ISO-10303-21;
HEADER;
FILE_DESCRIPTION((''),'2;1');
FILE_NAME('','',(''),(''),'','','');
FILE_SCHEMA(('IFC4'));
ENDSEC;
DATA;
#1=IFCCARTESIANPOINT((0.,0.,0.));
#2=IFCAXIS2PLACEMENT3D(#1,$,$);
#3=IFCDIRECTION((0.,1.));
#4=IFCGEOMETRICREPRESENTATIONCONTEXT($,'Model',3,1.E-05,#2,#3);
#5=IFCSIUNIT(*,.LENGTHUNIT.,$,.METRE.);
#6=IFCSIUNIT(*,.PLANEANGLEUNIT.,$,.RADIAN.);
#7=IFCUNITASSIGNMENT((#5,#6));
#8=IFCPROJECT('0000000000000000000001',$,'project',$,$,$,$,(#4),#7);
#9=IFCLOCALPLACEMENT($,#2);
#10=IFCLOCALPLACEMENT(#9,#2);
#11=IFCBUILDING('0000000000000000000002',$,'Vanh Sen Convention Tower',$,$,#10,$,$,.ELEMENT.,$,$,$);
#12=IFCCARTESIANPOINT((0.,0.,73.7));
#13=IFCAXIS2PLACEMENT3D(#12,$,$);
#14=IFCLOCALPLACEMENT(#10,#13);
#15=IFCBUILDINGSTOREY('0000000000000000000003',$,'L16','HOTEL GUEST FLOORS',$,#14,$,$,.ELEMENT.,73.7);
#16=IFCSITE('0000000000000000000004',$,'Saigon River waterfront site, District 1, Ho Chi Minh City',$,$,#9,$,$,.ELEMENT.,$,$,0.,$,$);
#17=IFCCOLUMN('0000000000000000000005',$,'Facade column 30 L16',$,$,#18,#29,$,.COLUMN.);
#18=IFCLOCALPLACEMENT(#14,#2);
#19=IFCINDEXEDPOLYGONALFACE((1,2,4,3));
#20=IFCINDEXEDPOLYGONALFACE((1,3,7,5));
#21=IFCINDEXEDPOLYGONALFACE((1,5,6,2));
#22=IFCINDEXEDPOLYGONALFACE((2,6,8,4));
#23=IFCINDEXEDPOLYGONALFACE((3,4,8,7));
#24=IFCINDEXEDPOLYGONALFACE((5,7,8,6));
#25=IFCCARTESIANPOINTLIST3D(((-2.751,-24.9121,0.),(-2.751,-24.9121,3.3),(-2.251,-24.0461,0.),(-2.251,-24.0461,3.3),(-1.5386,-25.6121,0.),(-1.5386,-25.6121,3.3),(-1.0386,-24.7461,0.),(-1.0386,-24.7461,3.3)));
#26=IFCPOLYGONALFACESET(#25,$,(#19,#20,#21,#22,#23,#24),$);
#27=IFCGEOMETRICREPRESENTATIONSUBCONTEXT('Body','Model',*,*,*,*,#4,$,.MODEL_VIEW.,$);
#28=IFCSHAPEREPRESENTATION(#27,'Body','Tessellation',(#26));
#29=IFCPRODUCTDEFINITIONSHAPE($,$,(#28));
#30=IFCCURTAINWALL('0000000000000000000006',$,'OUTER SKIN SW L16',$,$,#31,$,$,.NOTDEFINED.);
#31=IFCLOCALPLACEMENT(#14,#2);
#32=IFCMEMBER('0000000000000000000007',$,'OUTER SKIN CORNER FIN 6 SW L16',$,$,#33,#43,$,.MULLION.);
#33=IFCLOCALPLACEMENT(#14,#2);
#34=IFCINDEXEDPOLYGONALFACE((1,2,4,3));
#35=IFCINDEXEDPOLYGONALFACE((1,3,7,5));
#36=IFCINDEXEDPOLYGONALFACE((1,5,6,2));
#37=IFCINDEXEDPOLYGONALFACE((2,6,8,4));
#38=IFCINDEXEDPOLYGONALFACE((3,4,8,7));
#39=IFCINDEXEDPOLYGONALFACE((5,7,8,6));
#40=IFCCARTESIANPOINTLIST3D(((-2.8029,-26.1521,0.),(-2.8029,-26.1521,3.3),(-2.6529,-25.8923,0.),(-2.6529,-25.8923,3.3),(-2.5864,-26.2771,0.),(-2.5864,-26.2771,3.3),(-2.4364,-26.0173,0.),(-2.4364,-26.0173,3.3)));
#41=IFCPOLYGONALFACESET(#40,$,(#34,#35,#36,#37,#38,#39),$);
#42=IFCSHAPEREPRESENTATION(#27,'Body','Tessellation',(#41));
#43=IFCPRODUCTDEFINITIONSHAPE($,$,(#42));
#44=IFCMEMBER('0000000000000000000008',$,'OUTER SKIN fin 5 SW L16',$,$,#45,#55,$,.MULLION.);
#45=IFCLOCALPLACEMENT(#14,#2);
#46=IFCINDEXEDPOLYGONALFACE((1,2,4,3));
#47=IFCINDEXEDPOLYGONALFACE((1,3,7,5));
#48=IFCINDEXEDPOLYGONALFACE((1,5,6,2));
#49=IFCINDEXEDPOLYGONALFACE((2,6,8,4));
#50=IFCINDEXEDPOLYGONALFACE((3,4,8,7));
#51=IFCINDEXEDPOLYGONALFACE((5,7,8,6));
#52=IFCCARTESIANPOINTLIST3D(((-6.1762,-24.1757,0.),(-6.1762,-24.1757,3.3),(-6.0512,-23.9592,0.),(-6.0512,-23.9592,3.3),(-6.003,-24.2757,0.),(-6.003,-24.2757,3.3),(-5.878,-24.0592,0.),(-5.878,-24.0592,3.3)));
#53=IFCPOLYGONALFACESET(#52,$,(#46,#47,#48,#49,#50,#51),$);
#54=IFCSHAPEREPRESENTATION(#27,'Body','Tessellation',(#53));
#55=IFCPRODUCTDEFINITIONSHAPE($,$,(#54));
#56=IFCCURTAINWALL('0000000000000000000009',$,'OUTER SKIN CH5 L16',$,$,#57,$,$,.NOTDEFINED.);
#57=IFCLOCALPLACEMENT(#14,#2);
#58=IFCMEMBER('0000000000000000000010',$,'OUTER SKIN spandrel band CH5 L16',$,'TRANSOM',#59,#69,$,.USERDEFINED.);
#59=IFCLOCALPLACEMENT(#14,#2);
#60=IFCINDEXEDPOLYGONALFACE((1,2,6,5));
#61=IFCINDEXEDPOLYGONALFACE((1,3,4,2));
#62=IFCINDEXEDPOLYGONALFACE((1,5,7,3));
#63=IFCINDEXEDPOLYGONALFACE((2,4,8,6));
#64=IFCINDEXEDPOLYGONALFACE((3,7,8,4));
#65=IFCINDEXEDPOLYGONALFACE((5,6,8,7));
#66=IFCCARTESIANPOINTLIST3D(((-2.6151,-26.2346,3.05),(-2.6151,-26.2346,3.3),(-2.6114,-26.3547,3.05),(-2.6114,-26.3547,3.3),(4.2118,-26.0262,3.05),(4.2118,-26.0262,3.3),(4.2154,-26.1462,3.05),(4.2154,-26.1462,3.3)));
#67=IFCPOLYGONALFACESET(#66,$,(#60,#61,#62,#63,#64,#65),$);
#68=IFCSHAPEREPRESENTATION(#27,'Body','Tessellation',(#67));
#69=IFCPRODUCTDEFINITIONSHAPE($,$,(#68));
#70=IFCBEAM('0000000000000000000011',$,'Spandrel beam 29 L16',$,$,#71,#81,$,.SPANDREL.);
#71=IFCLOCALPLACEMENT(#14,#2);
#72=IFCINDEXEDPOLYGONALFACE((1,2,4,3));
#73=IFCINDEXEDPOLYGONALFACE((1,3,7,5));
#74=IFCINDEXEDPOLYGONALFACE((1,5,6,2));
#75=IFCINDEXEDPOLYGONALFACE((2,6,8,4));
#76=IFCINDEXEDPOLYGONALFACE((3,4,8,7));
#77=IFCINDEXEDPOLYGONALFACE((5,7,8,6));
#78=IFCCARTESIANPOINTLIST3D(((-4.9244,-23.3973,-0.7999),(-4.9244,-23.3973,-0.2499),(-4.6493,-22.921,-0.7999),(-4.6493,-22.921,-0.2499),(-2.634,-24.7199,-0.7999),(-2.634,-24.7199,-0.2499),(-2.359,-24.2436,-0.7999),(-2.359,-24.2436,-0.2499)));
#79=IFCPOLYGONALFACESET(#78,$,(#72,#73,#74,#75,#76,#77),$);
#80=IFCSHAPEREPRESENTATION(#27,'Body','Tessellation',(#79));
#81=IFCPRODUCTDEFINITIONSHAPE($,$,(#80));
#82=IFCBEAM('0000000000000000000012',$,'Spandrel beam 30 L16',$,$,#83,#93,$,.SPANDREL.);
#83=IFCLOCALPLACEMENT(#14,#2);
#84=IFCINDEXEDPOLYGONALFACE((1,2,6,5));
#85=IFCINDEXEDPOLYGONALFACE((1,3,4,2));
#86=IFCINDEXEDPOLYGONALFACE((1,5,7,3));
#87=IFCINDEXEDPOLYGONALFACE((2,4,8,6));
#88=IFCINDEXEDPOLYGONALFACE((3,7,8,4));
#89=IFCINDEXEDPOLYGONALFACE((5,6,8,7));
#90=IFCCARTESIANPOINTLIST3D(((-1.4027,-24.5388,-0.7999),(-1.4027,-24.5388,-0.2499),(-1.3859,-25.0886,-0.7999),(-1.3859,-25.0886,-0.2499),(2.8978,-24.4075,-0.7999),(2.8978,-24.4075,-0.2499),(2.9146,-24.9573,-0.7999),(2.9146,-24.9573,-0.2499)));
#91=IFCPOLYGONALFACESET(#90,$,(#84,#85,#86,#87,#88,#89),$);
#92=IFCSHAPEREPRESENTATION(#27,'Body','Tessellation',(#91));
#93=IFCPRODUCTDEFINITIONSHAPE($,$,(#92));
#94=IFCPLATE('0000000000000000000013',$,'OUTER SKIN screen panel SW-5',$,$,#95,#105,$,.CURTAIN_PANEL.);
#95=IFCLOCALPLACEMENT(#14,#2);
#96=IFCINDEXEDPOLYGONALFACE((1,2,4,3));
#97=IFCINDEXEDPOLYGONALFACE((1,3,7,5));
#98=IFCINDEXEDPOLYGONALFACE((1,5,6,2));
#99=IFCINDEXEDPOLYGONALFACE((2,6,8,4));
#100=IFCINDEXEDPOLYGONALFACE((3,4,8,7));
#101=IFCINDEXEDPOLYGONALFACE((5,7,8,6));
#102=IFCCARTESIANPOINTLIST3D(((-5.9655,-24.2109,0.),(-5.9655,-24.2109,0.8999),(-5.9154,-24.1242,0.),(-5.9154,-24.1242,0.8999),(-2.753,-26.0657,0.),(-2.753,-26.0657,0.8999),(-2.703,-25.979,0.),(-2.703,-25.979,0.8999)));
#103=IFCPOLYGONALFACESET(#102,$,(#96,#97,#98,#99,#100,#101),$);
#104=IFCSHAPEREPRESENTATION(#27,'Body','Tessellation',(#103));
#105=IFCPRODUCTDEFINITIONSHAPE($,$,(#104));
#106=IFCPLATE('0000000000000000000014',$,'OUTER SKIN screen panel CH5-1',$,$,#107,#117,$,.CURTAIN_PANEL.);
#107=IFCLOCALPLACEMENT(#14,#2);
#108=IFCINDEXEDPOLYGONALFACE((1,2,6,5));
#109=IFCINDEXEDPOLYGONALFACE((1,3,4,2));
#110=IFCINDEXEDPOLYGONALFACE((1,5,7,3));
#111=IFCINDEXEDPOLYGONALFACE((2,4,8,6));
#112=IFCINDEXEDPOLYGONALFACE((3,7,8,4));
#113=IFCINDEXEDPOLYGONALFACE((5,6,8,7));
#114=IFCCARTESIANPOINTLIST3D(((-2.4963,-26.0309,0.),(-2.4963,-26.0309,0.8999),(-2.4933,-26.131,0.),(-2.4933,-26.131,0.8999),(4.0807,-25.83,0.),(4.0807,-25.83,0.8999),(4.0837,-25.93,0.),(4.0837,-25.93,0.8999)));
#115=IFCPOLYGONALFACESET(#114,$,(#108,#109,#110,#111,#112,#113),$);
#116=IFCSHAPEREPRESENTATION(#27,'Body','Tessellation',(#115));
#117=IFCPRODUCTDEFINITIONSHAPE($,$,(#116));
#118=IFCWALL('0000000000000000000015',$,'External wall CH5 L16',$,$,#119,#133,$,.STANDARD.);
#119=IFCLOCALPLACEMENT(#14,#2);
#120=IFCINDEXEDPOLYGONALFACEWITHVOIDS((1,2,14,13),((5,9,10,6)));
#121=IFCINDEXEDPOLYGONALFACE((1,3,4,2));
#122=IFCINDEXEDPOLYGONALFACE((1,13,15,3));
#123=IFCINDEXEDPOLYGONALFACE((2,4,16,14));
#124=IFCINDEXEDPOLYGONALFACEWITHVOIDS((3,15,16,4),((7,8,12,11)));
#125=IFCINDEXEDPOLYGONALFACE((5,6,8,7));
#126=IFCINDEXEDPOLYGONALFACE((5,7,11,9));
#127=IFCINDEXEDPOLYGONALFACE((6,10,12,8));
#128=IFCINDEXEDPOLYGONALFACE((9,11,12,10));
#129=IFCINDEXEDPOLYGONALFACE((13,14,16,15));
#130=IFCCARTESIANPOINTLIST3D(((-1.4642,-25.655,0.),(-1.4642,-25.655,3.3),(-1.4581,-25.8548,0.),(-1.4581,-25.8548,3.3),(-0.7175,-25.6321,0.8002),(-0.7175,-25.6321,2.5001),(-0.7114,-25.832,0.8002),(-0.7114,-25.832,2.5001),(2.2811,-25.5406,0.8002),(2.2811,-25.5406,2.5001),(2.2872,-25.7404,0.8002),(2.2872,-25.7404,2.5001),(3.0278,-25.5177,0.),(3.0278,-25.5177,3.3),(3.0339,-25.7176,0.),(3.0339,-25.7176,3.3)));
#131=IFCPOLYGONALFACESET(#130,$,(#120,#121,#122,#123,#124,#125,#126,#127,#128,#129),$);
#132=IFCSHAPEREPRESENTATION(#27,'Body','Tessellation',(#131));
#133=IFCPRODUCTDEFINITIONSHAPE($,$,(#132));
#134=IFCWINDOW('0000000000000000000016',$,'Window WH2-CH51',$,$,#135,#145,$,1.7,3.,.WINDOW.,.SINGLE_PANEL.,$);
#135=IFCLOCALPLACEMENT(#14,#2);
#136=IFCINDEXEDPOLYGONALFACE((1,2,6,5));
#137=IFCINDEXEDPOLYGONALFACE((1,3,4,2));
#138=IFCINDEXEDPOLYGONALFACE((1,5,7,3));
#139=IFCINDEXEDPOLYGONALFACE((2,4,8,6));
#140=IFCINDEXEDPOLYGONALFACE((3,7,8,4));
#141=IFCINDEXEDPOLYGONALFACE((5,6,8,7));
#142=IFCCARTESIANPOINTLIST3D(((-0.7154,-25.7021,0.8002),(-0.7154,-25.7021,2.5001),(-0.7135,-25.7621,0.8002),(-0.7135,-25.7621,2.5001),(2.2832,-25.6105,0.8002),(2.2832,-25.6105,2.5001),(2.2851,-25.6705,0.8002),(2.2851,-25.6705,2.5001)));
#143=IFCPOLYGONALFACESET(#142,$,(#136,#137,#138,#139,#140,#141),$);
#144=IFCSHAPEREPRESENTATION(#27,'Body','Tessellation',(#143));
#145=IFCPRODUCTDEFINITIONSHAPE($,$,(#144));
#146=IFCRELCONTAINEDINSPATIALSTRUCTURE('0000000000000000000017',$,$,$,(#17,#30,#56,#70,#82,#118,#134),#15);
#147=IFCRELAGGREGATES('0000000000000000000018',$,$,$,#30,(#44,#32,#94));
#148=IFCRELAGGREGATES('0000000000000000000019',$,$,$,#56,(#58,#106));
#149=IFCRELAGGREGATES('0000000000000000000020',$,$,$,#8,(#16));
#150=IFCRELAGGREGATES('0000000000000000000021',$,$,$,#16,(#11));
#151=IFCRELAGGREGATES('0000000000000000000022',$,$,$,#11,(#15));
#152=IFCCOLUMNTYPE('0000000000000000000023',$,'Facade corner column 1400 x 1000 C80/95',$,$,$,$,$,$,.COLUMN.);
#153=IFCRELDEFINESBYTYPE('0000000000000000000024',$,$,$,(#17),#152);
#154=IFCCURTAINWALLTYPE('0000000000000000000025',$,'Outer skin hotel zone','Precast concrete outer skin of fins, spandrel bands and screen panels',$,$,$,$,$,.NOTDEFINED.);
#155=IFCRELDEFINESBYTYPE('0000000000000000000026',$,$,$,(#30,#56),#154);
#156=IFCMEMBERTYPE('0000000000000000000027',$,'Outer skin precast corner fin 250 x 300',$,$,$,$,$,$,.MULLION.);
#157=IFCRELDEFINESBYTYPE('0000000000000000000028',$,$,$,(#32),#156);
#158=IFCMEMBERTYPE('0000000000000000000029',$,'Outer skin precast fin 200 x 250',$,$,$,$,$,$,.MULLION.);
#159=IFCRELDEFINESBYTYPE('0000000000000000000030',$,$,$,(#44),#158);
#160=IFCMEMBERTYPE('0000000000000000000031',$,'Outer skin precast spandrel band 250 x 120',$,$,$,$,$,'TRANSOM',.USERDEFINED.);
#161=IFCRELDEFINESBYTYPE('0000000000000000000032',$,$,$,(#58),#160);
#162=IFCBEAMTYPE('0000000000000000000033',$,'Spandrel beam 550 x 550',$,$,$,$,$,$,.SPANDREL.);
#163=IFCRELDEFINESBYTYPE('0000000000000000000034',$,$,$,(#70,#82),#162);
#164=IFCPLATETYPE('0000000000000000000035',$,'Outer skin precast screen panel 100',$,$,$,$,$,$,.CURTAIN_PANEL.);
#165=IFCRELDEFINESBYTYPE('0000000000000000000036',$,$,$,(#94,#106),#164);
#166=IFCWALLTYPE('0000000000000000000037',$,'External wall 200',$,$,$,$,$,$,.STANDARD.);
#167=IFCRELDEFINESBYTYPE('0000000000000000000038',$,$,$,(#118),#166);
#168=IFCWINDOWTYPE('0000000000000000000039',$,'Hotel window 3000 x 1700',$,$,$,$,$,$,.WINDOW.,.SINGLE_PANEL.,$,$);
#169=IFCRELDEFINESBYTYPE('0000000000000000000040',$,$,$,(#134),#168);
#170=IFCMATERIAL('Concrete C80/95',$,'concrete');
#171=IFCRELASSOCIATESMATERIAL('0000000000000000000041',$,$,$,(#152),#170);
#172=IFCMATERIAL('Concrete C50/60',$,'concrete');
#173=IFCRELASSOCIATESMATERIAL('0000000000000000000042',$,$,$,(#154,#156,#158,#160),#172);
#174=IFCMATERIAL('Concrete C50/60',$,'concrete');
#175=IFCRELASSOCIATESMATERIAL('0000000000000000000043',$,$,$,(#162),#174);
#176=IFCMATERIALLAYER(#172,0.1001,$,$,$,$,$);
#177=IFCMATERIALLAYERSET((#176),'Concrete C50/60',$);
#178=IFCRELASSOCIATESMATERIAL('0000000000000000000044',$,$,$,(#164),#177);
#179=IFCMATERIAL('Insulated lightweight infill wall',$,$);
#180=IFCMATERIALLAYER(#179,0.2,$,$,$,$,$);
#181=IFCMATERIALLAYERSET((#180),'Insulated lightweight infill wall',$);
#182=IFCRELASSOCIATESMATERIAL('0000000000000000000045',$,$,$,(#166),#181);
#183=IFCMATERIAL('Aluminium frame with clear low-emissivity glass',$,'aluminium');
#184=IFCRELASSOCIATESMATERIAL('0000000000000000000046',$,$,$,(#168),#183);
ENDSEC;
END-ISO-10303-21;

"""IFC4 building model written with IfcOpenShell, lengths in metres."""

from ifc_helpers import new_model, si_unit, direction, frame, frame_2d, origin, origin_2d, place, context, subcontext, project, spatial, rectangle, extrude, material, layer, layer_set, material_profile, profile_set, type_object, element, fill, aggregate, save


model = new_model("IFC4")

# Units and contexts
model_context = context("Model", 3, precision=1e-05, world=origin(), true_north=direction((0.0, 1.0)))
body_context = subcontext(model_context, "Body", "Model", "MODEL_VIEW")
ifc_project = project(units=[si_unit("LENGTHUNIT", "METRE"), si_unit("PLANEANGLEUNIT", "RADIAN")], contexts=[model_context])

# Site, building, storey
site_placement = place(None, origin())
site = spatial("IfcSite", under=ifc_project, at=site_placement, Name="Saigon River waterfront site, District 1, Ho Chi Minh City", CompositionType="ELEMENT", RefElevation=0.0)
building_placement = place(site_placement, origin())
building = spatial("IfcBuilding", under=site, at=building_placement, Name="Vanh Sen Convention Tower", CompositionType="ELEMENT")
storey_placement = place(building_placement, frame((0.0, 0.0, 73.7)))
storey = spatial("IfcBuildingStorey", under=building, at=storey_placement, Name="L16", Description="HOTEL GUEST FLOORS", CompositionType="ELEMENT", Elevation=73.7)

# Column
ifc_material_1 = material(Name="Concrete C80/95", Category="concrete")
ifc_material_profile_1 = material_profile(ifc_material_1, rectangle(XDim=1.3999, YDim=1.0, at=origin_2d()), Name="RC 1400X1000")
ifc_profile_set_1 = profile_set([ifc_material_profile_1], Name="Concrete C80/95")
column_type = type_object("IfcColumnType", Name="Facade corner column 1400 x 1000 C80/95", PredefinedType="COLUMN", material=ifc_profile_set_1)
column_placement = place(storey_placement, frame((-1.8948, -24.8291, 0.0), z_axis=(0.0, 0.0, 1.0), x_axis=(0.866025, -0.5, 0.0)))
element("IfcColumn", 1, at=column_placement, inside=storey, type_object=column_type, Name="Facade column 30 L16", PredefinedType="COLUMN", context=body_context, shape_type="SweptSolid", body=[
    extrude(rectangle(XDim=1.3999, YDim=1.0, at=origin_2d()), origin(), (0.0, 0.0, 1.0), 3.3),
])

# Curtain wall, members
ifc_material_2 = material(Name="Concrete C50/60", Category="concrete")
curtain_wall_type = type_object("IfcCurtainWallType", Name="Outer skin hotel zone", Description="Precast concrete outer skin of fins, spandrel bands and screen panels", PredefinedType="NOTDEFINED", material=ifc_material_2)
curtain_wall_1_placement = place(storey_placement, origin())
curtain_wall_1 = element("IfcCurtainWall", 2, at=curtain_wall_1_placement, inside=storey, type_object=curtain_wall_type, Name="OUTER SKIN SW L16", PredefinedType="NOTDEFINED")
ifc_material_profile_2 = material_profile(ifc_material_2, rectangle(XDim=0.25, YDim=0.3, at=origin_2d()), Name="Outer skin precast corner fin 250 x 300")
ifc_profile_set_2 = profile_set([ifc_material_profile_2], Name="Concrete C50/60")
member_type_1 = type_object("IfcMemberType", Name="Outer skin precast corner fin 250 x 300", PredefinedType="MULLION", material=ifc_profile_set_2)
member_1_placement = place(storey_placement, frame((-2.6196, -26.0847, 0.0), z_axis=(0.0, 0.0, 1.0), x_axis=(0.866025, -0.5, 0.0)))
member_1 = element("IfcMember", 3, at=member_1_placement, type_object=member_type_1, Name="OUTER SKIN CORNER FIN 6 SW L16", PredefinedType="MULLION", context=body_context, shape_type="SweptSolid", body=[
    extrude(rectangle(XDim=0.25, YDim=0.3, at=origin_2d()), origin(), (0.0, 0.0, 1.0), 3.3),
])
ifc_material_profile_3 = material_profile(ifc_material_2, rectangle(XDim=0.2, YDim=0.25, at=origin_2d()), Name="Outer skin precast fin 200 x 250")
ifc_profile_set_3 = profile_set([ifc_material_profile_3], Name="Concrete C50/60")
member_type_2 = type_object("IfcMemberType", Name="Outer skin precast fin 200 x 250", PredefinedType="MULLION", material=ifc_profile_set_3)
member_2_placement = place(storey_placement, frame((-6.0271, -24.1174, 0.0), z_axis=(0.0, 0.0, 1.0), x_axis=(0.866025, -0.5, 0.0)))
member_2 = element("IfcMember", 4, at=member_2_placement, type_object=member_type_2, Name="OUTER SKIN fin 5 SW L16", PredefinedType="MULLION", context=body_context, shape_type="SweptSolid", body=[
    extrude(rectangle(XDim=0.2, YDim=0.25, at=origin_2d()), origin(), (0.0, 0.0, 1.0), 3.3),
])

# Curtain wall, member
curtain_wall_2_placement = place(storey_placement, origin())
curtain_wall_2 = element("IfcCurtainWall", 5, at=curtain_wall_2_placement, inside=storey, type_object=curtain_wall_type, Name="OUTER SKIN CH5 L16", PredefinedType="NOTDEFINED")
ifc_material_profile_4 = material_profile(ifc_material_2, rectangle(XDim=0.1201, YDim=0.25, at=origin_2d()), Name="Outer skin precast spandrel band 250 x 120")
ifc_profile_set_4 = profile_set([ifc_material_profile_4], Name="Concrete C50/60")
member_type_3 = type_object("IfcMemberType", Name="Outer skin precast spandrel band 250 x 120", ElementType="TRANSOM", PredefinedType="USERDEFINED", material=ifc_profile_set_4)
member_3_placement = place(storey_placement, frame((-2.6133, -26.2947, 3.175), z_axis=(0.999534, 0.030526, 0.0), x_axis=(-0.030526, 0.999534, 0.0)))
member_3 = element("IfcMember", 6, at=member_3_placement, type_object=member_type_3, Name="OUTER SKIN spandrel band CH5 L16", ObjectType="TRANSOM", PredefinedType="USERDEFINED", context=body_context, shape_type="SweptSolid", body=[
    extrude(rectangle(XDim=0.1201, YDim=0.25, at=origin_2d()), origin(), (0.0, 0.0, 1.0), 6.8301),
])

# Beams
ifc_material_3 = material(Name="Concrete C50/60", Category="concrete")
ifc_material_profile_5 = material_profile(ifc_material_3, rectangle(XDim=0.55, YDim=0.55, at=origin_2d()), Name="RC 550X550")
ifc_profile_set_5 = profile_set([ifc_material_profile_5], Name="Concrete C50/60")
beam_type = type_object("IfcBeamType", Name="Spandrel beam 550 x 550", PredefinedType="SPANDREL", material=ifc_profile_set_5)
beam_1_placement = place(storey_placement, frame((-4.7869, -23.1592, -0.5249), z_axis=(0.86599, -0.500061, 0.0), x_axis=(0.500061, 0.86599, 0.0)))
element("IfcBeam", 7, at=beam_1_placement, inside=storey, type_object=beam_type, Name="Spandrel beam 29 L16", PredefinedType="SPANDREL", context=body_context, shape_type="SweptSolid", body=[
    extrude(rectangle(XDim=0.55, YDim=0.55, at=origin_2d()), origin(), (0.0, 0.0, 1.0), 2.6448),
])
beam_2_placement = place(storey_placement, frame((-1.3943, -24.8137, -0.5249), z_axis=(0.999534, 0.030528, 0.0), x_axis=(-0.030528, 0.999534, 0.0)))
element("IfcBeam", 8, at=beam_2_placement, inside=storey, type_object=beam_type, Name="Spandrel beam 30 L16", PredefinedType="SPANDREL", context=body_context, shape_type="SweptSolid", body=[
    extrude(rectangle(XDim=0.55, YDim=0.55, at=origin_2d()), origin(), (0.0, 0.0, 1.0), 4.3025),
])

# Plates
ifc_layer_1 = layer(ifc_material_2, 0.1001)
ifc_layer_set_1 = layer_set([ifc_layer_1], Name="Concrete C50/60")
plate_type = type_object("IfcPlateType", Name="Outer skin precast screen panel 100", PredefinedType="CURTAIN_PANEL", material=ifc_layer_set_1)
plate_1_placement = place(storey_placement, frame((-4.3342, -25.095, 0.0), z_axis=(0.0, 0.0, 1.0), x_axis=(0.866021, -0.500008, 0.0)))
plate_1 = element("IfcPlate", 9, at=plate_1_placement, type_object=plate_type, Name="OUTER SKIN screen panel SW-5", PredefinedType="CURTAIN_PANEL", context=body_context, shape_type="SweptSolid", body=[
    extrude(rectangle(XDim=3.7095, YDim=0.1001, at=origin_2d()), origin(), (0.0, 0.0, 1.0), 0.8999),
])
aggregate(curtain_wall_1, [member_2, member_1, plate_1])
plate_2_placement = place(storey_placement, frame((0.7937, -25.9805, 0.0), z_axis=(0.0, 0.0, 1.0), x_axis=(0.999533, 0.030542, 0.0)))
plate_2 = element("IfcPlate", 10, at=plate_2_placement, type_object=plate_type, Name="OUTER SKIN screen panel CH5-1", PredefinedType="CURTAIN_PANEL", context=body_context, shape_type="SweptSolid", body=[
    extrude(rectangle(XDim=6.5801, YDim=0.1001, at=origin_2d()), origin(), (0.0, 0.0, 1.0), 0.8999),
])
aggregate(curtain_wall_2, [member_3, plate_2])

# Wall, opening, window
ifc_material_4 = material(Name="Insulated lightweight infill wall")
ifc_layer_2 = layer(ifc_material_4, 0.2)
ifc_layer_set_2 = layer_set([ifc_layer_2], Name="Insulated lightweight infill wall")
wall_type = type_object("IfcWallType", Name="External wall 200", PredefinedType="STANDARD", material=ifc_layer_set_2)
wall_1_placement = place(storey_placement, frame((-1.4612, -25.7549, 0.0), z_axis=(0.0, 0.0, 1.0), x_axis=(0.999534, 0.030531, 0.0)))
wall_1 = element("IfcWall", 11, at=wall_1_placement, inside=storey, type_object=wall_type, Name="External wall CH5 L16", PredefinedType="STANDARD", context=body_context, shape_type="SweptSolid", body=[
    extrude(rectangle(XDim=4.4941, YDim=0.2, at=frame_2d((2.2471, 0.0))), origin(), (0.0, 0.0, 1.0), 3.3),
])
opening_1_placement = place(wall_1_placement, frame((0.7471, 0.0, 0.8)))
opening_1 = element("IfcOpeningElement", 12, at=opening_1_placement, cuts=wall_1, PredefinedType="OPENING", context=body_context, shape_type="SweptSolid", body=[
    extrude(rectangle(XDim=3.0, YDim=1.7, at=frame_2d((1.5, 0.8501))), frame((0.0, 0.1099, 0.0), z_axis=(0.0, -1.0, 0.0), x_axis=(1.0, 0.0, 0.0)), (0.0, 0.0, 1.0), 0.22),
])
ifc_material_5 = material(Name="Aluminium frame with clear low-emissivity glass", Category="aluminium")
window_type_1 = type_object("IfcWindowType", Name="Hotel window 3000 x 1700", PartitioningType="SINGLE_PANEL", PredefinedType="WINDOW", material=ifc_material_5)
window_1_placement = place(opening_1_placement, origin())
window_1 = element("IfcWindow", 13, at=window_1_placement, inside=storey, type_object=window_type_1, Name="Window WH2-CH51", OverallHeight=1.7, OverallWidth=3.0, PartitioningType="SINGLE_PANEL", PredefinedType="WINDOW", context=body_context, shape_type="SweptSolid", body=[
    extrude(rectangle(XDim=3.0, YDim=1.7, at=frame_2d((1.5, 0.8501))), frame((0.0, 0.03, 0.0), z_axis=(0.0, -1.0, 0.0), x_axis=(1.0, 0.0, 0.0)), (0.0, 0.0, 1.0), 0.0601),
])
fill(opening_1, window_1)

save(model, "model.ifc")
